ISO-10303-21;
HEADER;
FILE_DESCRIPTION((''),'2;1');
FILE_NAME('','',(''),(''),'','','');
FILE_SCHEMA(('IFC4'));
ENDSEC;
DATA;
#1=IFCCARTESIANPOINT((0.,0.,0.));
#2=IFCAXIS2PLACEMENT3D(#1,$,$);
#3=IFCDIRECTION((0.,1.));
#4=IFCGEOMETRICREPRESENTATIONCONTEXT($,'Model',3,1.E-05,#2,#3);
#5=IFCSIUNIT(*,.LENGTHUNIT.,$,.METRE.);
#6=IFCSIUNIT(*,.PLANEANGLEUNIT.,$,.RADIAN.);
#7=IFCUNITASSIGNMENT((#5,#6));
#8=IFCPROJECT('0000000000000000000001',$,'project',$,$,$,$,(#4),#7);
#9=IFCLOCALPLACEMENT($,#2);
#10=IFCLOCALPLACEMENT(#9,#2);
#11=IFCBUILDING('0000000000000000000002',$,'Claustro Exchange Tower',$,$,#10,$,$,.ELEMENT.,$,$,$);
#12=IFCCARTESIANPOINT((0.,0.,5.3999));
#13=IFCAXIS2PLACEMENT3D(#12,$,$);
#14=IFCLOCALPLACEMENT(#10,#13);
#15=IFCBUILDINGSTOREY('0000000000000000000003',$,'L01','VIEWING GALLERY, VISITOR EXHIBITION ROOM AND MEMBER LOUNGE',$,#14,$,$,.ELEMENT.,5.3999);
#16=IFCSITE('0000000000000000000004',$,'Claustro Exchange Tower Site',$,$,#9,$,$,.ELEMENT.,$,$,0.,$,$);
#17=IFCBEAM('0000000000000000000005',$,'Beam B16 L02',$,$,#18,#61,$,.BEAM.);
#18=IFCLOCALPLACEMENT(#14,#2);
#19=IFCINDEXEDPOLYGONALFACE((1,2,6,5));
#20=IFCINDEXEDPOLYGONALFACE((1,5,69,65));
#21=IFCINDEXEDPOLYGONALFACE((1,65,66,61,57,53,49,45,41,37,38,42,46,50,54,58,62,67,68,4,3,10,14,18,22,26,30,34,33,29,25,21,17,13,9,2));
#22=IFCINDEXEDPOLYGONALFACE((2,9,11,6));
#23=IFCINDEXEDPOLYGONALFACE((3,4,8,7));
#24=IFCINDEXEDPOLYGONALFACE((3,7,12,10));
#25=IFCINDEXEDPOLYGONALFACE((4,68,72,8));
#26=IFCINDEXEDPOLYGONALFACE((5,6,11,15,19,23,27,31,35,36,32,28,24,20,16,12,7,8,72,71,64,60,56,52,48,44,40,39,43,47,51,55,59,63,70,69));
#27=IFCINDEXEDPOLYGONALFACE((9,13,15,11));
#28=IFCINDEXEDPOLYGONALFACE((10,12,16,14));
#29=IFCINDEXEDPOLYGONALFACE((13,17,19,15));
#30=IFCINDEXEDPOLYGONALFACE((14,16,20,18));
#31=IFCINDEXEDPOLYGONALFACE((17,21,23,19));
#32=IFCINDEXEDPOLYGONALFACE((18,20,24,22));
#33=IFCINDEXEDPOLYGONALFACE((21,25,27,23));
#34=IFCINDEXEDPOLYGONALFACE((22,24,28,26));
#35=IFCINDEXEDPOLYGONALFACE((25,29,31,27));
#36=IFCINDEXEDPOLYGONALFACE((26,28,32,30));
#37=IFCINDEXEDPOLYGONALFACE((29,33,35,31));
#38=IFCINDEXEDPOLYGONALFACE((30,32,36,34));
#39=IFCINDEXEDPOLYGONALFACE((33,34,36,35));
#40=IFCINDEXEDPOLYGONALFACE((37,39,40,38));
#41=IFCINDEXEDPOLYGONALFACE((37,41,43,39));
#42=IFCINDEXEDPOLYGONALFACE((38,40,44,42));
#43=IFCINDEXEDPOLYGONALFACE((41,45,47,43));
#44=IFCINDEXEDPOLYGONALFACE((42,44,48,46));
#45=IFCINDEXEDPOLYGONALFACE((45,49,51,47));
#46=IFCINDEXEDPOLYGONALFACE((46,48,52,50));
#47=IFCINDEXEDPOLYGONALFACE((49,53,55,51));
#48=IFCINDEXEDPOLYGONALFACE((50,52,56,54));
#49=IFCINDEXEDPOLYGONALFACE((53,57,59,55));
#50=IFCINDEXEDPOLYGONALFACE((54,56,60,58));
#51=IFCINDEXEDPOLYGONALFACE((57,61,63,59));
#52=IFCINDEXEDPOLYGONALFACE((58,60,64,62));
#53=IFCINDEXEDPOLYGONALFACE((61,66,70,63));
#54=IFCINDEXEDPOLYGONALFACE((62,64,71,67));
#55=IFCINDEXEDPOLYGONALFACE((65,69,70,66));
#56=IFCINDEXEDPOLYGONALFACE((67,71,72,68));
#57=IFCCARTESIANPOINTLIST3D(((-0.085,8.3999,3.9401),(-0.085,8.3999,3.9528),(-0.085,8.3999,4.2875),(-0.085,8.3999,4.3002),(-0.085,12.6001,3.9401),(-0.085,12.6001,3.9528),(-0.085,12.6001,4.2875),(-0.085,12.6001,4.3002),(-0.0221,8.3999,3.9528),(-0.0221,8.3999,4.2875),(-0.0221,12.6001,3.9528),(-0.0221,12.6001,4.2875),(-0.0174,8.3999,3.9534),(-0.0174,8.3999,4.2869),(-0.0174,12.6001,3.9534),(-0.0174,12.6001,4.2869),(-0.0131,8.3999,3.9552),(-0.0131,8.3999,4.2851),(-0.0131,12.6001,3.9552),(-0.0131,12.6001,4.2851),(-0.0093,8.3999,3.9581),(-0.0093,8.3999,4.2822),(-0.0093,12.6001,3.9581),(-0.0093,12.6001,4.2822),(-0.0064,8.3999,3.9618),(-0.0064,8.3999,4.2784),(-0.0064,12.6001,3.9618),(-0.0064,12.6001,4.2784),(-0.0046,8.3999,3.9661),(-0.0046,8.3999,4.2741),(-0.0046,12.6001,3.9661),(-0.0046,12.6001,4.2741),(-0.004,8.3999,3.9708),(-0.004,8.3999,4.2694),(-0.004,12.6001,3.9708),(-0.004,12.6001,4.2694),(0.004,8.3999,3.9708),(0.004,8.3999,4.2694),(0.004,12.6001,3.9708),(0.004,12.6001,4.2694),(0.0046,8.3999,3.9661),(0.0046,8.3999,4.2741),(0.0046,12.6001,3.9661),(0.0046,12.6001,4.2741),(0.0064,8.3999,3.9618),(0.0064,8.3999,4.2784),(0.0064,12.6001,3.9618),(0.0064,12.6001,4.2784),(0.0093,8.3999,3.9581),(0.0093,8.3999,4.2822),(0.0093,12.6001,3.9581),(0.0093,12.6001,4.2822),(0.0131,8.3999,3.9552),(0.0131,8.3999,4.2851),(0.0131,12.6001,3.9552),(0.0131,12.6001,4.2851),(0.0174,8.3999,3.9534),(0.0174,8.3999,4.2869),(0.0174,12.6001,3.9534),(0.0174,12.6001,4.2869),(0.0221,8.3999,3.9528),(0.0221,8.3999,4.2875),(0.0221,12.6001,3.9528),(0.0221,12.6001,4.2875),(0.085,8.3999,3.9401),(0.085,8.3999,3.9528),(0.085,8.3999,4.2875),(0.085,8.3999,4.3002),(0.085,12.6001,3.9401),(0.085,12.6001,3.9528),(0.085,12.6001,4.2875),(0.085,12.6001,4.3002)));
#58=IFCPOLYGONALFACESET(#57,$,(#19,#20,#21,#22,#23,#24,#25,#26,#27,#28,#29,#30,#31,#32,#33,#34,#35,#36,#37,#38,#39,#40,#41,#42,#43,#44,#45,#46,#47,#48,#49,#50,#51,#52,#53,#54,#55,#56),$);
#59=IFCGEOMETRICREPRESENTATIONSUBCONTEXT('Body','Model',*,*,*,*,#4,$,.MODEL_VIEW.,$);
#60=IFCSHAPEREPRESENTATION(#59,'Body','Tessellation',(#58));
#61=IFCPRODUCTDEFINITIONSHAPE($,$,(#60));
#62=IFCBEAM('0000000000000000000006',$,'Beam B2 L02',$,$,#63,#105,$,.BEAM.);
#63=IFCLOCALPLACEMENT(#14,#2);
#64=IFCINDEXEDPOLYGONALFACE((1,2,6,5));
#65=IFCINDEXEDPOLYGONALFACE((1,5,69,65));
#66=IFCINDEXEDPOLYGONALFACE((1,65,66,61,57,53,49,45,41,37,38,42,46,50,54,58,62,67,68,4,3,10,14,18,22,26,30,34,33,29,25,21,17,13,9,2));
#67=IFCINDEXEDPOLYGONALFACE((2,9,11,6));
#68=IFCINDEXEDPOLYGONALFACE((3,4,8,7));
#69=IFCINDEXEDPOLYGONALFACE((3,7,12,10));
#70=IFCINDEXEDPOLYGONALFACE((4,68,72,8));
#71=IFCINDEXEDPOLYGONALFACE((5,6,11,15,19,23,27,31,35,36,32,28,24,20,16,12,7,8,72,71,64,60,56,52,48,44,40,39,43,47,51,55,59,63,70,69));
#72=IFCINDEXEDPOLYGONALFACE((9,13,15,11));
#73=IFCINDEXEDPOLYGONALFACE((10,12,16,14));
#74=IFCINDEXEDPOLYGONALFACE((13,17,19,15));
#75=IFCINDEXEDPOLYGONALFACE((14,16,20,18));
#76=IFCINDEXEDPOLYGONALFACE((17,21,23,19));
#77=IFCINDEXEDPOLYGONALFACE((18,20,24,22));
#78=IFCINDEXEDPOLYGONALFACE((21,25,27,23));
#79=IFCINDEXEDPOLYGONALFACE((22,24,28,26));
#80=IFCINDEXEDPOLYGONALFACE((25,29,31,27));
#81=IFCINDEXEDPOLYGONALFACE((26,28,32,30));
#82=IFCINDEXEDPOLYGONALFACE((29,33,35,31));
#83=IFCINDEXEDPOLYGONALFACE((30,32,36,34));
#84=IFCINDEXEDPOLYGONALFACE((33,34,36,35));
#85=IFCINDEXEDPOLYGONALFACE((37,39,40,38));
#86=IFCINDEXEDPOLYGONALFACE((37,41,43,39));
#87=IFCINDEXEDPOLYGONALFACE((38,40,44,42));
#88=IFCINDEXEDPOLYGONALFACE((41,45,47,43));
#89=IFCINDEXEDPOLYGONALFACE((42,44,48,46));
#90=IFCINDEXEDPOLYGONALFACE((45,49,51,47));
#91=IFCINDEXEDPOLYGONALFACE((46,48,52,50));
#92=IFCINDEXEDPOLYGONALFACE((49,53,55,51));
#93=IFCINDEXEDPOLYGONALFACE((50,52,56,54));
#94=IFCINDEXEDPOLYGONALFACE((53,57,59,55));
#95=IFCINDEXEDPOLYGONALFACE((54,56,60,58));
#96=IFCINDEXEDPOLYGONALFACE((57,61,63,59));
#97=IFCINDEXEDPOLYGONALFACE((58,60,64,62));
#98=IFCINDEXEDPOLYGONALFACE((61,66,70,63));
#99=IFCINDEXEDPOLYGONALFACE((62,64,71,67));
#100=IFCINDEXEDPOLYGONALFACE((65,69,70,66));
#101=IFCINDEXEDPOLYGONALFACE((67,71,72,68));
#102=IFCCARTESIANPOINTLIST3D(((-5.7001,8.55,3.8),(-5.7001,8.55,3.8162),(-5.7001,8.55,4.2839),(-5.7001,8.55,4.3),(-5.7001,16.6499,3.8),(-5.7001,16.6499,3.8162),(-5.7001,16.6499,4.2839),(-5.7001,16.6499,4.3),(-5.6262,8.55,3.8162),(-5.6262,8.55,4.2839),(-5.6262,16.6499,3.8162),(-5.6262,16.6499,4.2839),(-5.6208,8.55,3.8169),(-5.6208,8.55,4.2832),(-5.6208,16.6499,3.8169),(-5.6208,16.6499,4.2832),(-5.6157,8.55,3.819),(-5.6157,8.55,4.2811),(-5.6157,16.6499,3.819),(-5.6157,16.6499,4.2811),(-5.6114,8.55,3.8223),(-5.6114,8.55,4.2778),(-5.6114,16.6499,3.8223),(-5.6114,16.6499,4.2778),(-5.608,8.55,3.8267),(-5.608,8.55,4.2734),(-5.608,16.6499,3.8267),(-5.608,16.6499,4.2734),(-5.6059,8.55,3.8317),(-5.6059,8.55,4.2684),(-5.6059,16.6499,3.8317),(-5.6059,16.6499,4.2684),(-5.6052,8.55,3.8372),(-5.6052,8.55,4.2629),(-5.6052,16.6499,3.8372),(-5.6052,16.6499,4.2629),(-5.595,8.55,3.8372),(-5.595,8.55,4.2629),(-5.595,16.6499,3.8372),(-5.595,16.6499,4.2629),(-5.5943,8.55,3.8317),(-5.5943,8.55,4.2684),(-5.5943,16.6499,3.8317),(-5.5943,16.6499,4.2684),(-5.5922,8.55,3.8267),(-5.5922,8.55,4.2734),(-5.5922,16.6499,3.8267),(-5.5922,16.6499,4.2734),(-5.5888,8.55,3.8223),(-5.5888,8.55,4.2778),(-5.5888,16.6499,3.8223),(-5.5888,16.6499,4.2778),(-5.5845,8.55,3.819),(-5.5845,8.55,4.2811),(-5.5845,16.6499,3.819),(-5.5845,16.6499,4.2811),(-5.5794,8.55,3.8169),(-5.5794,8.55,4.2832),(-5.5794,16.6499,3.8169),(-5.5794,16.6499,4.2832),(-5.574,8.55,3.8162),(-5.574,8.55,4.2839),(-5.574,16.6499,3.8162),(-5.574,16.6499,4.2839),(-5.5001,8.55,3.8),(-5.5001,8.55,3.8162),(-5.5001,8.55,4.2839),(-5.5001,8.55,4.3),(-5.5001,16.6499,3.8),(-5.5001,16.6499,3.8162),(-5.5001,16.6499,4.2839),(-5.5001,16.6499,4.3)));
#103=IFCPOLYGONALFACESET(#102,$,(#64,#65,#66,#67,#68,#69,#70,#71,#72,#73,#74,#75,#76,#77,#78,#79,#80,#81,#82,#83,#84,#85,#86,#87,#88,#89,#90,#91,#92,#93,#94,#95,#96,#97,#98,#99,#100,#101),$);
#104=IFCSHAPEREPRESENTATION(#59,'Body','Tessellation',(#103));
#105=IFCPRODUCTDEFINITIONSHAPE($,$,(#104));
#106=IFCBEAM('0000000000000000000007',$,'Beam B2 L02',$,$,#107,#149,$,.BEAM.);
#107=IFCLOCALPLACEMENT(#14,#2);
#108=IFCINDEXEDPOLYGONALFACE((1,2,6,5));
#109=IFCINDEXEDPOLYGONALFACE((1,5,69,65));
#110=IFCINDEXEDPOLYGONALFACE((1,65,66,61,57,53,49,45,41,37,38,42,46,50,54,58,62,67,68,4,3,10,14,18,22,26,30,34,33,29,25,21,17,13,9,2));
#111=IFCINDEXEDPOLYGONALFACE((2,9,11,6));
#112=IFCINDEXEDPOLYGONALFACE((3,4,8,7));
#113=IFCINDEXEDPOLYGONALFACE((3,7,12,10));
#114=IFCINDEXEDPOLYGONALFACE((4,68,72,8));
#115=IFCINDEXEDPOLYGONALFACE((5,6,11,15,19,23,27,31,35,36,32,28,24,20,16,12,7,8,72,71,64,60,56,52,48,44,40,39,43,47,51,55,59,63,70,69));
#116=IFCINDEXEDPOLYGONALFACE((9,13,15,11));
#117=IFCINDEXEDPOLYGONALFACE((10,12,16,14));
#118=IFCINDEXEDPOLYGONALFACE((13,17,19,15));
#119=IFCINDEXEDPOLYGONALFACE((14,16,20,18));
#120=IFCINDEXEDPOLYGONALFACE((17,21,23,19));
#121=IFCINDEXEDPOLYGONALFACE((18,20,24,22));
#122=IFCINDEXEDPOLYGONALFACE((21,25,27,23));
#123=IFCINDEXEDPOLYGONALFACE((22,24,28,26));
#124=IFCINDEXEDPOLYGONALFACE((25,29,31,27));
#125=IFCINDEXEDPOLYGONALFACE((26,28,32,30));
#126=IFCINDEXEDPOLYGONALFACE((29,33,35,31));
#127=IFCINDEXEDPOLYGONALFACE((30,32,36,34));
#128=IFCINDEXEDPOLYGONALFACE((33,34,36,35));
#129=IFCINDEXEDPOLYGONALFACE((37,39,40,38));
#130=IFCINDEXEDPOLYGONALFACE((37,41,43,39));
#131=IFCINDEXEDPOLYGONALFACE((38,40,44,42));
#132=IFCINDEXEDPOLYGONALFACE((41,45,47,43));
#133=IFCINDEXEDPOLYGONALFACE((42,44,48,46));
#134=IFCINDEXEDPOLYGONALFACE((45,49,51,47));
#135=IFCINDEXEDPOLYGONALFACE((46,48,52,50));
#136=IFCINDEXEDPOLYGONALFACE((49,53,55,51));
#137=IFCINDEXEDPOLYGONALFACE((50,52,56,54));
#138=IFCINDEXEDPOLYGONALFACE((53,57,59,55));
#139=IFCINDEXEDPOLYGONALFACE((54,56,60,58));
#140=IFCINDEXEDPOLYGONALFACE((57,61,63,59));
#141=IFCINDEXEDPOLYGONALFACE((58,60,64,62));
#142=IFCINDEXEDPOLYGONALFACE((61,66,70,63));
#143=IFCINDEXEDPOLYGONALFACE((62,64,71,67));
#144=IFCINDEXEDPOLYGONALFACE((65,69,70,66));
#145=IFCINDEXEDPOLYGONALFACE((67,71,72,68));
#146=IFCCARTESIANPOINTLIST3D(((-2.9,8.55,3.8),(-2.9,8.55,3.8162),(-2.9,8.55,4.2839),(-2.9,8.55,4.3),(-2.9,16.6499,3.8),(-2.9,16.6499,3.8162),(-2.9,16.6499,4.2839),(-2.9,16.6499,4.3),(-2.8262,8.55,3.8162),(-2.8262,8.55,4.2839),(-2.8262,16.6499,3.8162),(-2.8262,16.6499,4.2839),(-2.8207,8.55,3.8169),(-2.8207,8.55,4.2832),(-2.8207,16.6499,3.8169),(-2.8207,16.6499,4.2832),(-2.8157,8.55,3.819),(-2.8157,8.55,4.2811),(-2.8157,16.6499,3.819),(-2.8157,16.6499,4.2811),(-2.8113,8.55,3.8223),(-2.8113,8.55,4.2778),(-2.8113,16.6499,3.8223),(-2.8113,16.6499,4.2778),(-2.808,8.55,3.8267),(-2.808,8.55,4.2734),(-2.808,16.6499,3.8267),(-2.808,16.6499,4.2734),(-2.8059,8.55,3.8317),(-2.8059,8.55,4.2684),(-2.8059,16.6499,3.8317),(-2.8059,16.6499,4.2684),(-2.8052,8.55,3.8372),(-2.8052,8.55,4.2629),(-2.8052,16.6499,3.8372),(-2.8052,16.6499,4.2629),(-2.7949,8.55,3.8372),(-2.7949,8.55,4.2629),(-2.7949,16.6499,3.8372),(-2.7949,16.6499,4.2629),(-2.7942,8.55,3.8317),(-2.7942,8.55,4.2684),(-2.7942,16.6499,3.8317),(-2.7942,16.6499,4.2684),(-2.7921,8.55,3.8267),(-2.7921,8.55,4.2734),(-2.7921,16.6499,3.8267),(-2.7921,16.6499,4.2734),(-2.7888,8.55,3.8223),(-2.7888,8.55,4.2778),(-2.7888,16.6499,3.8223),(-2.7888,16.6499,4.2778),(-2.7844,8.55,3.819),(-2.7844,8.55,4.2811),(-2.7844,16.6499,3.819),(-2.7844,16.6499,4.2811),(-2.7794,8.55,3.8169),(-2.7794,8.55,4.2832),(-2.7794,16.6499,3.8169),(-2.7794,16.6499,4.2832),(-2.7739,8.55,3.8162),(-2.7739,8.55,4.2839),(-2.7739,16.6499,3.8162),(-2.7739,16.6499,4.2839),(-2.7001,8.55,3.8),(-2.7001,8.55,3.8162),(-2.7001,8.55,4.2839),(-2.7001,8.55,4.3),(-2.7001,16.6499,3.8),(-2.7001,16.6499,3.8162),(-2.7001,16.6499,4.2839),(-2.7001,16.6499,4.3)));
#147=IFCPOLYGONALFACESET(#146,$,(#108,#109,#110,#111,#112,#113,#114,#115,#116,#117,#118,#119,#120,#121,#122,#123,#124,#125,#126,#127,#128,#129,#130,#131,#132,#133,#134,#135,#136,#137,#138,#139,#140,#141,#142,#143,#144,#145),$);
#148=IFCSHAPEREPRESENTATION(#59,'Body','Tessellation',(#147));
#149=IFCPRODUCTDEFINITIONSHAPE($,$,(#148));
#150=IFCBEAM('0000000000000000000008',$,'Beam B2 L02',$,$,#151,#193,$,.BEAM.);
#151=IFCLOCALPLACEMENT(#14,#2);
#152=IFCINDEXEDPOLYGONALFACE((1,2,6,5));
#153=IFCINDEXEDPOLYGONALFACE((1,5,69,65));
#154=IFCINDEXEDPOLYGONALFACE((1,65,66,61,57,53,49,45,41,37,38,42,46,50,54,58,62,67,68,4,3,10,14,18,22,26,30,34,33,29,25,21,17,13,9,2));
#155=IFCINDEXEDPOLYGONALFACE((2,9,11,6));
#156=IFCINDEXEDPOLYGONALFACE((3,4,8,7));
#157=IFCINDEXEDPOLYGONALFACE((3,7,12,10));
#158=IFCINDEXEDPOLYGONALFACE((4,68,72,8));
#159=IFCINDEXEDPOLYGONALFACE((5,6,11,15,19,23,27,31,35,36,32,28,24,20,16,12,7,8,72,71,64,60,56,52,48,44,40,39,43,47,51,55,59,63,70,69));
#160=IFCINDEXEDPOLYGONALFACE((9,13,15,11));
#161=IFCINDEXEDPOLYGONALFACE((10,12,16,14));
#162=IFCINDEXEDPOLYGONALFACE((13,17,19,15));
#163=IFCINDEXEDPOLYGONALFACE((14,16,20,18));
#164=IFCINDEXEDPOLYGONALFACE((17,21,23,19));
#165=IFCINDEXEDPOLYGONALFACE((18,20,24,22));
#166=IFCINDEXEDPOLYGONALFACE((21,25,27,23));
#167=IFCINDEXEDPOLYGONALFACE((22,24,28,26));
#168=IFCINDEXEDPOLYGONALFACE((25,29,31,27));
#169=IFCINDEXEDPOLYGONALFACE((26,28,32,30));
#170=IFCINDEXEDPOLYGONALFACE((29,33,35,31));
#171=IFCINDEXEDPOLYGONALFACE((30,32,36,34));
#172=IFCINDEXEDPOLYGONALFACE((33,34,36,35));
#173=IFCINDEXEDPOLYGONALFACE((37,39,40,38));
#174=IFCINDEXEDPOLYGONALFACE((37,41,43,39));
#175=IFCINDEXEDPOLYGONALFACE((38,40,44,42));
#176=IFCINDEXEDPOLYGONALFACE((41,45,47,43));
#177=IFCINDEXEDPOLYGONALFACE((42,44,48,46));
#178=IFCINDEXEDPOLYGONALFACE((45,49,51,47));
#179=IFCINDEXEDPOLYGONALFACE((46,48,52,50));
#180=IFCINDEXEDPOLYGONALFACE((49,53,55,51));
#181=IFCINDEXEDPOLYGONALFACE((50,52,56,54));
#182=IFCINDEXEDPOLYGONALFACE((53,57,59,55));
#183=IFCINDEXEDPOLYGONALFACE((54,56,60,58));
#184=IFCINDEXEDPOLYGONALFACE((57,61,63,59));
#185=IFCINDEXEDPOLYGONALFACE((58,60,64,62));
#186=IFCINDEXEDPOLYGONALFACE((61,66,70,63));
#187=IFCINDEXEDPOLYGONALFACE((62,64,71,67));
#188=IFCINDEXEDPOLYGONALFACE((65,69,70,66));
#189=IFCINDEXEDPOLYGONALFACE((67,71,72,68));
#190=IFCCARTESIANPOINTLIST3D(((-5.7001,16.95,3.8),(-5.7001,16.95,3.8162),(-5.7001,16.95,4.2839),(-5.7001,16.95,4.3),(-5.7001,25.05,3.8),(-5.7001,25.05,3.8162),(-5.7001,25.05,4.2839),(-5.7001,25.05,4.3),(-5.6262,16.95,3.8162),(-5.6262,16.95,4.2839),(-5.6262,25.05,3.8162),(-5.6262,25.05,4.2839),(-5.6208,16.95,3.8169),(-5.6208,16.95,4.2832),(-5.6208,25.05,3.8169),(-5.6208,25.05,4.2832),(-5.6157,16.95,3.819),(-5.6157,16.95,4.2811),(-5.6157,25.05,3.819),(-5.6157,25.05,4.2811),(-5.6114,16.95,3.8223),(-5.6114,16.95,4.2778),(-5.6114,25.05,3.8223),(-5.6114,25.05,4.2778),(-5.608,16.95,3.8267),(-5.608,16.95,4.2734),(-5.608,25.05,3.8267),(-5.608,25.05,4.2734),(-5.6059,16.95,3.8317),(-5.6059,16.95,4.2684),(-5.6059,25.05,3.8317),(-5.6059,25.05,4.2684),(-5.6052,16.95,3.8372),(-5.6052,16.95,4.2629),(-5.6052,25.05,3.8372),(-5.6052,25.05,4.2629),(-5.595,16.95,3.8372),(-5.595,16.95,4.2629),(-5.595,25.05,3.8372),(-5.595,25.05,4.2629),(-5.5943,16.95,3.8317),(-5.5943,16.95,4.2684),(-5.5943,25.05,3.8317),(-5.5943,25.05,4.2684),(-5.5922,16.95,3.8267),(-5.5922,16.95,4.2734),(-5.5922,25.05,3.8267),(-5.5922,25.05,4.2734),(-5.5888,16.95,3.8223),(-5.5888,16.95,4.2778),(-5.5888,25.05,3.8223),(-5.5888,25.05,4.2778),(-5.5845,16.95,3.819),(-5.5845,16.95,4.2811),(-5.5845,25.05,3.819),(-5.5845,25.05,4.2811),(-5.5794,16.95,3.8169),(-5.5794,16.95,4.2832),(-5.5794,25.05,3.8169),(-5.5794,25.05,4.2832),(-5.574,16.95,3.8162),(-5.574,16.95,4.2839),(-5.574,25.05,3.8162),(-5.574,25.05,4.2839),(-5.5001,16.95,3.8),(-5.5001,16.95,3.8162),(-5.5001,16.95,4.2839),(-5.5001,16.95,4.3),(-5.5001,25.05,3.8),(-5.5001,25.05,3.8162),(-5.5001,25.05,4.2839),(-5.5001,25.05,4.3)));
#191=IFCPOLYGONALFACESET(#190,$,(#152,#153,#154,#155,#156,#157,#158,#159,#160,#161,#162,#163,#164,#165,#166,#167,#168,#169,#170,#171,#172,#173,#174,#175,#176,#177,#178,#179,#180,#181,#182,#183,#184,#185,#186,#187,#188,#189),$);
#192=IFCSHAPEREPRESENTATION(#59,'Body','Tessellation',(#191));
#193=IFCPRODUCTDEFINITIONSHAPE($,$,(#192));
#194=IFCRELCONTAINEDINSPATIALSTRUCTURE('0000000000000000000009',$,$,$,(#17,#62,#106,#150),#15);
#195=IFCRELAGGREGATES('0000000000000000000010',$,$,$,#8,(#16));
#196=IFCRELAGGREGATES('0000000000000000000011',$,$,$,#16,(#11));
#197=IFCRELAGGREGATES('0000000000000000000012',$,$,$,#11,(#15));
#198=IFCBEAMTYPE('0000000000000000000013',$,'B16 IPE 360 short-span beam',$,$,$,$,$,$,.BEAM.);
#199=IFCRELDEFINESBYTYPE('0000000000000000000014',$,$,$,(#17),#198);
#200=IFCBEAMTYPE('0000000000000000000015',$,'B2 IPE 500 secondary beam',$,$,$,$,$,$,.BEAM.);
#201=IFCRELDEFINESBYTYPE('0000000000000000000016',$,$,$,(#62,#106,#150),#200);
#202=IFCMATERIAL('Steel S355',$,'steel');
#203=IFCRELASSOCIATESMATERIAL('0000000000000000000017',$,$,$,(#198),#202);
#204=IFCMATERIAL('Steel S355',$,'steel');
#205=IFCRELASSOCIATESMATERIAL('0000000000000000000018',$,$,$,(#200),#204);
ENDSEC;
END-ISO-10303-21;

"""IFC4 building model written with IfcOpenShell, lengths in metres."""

from ifc_helpers import new_model, si_unit, direction, frame, origin, origin_2d, place, context, subcontext, project, spatial, i_section, extrude, material, material_profile, profile_set, type_object, element, save


model = new_model("IFC4")

# Units and contexts
model_context = context("Model", 3, precision=1e-05, world=origin(), true_north=direction((0.0, 1.0)))
body_context = subcontext(model_context, "Body", "Model", "MODEL_VIEW")
ifc_project = project(units=[si_unit("LENGTHUNIT", "METRE"), si_unit("PLANEANGLEUNIT", "RADIAN")], contexts=[model_context])

# Site, building, storey
site_placement = place(None, origin())
site = spatial("IfcSite", under=ifc_project, at=site_placement, Name="Claustro Exchange Tower Site", CompositionType="ELEMENT", RefElevation=0.0)
building_placement = place(site_placement, origin())
building = spatial("IfcBuilding", under=site, at=building_placement, Name="Claustro Exchange Tower", CompositionType="ELEMENT")
storey_placement = place(building_placement, frame((0.0, 0.0, 5.3999)))
storey = spatial("IfcBuildingStorey", under=building, at=storey_placement, Name="L01", Description="VIEWING GALLERY, VISITOR EXHIBITION ROOM AND MEMBER LOUNGE", CompositionType="ELEMENT", Elevation=5.3999)

# Beams
ifc_material_1 = material(Name="Steel S355", Category="steel")
ifc_material_profile_1 = material_profile(ifc_material_1, i_section(OverallWidth=0.1699, OverallDepth=0.3601, WebThickness=0.0081, FlangeThickness=0.0127, FilletRadius=0.0181, at=origin_2d()), Name="IPE 360")
ifc_profile_set_1 = profile_set([ifc_material_profile_1], Name="Steel S355")
beam_type_1 = type_object("IfcBeamType", Name="B16 IPE 360 short-span beam", PredefinedType="BEAM", material=ifc_profile_set_1)
beam_1_placement = place(storey_placement, frame((0.0, 8.3999, 4.1201), z_axis=(0.0, 1.0, 0.0), x_axis=(-1.0, 0.0, 0.0)))
element("IfcBeam", 1, at=beam_1_placement, inside=storey, type_object=beam_type_1, Name="Beam B16 L02", PredefinedType="BEAM", context=body_context, shape_type="SweptSolid", body=[
    extrude(i_section(OverallWidth=0.1699, OverallDepth=0.3601, WebThickness=0.0081, FlangeThickness=0.0127, FilletRadius=0.0181, at=origin_2d()), origin(), (0.0, 0.0, 1.0), 4.2002),
])
ifc_material_2 = material(Name="Steel S355", Category="steel")
ifc_material_profile_2 = material_profile(ifc_material_2, i_section(OverallWidth=0.2, OverallDepth=0.5, WebThickness=0.0103, FlangeThickness=0.0161, FilletRadius=0.021, at=origin_2d()), Name="IPE 500")
ifc_profile_set_2 = profile_set([ifc_material_profile_2], Name="Steel S355")
beam_type_2 = type_object("IfcBeamType", Name="B2 IPE 500 secondary beam", PredefinedType="BEAM", material=ifc_profile_set_2)
for number, where, z_axis, x_axis, name in (
    (2, (-5.6001, 8.55, 4.05), (0.0, 1.0, 0.0), (-1.0, 0.0, 0.0), "Beam B2 L02"),
    (3, (-2.8, 8.55, 4.05), (0.0, 1.0, 0.0), (-1.0, 0.0, 0.0), "Beam B2 L02"),
):
    element("IfcBeam", number, at=place(storey_placement, frame(where, z_axis=z_axis, x_axis=x_axis)), inside=storey, type_object=beam_type_2, Name=name, PredefinedType="BEAM", context=body_context, shape_type="SweptSolid", body=[
        extrude(i_section(OverallWidth=0.2, OverallDepth=0.5, WebThickness=0.0103, FlangeThickness=0.0161, FilletRadius=0.021, at=origin_2d()), origin(), (0.0, 0.0, 1.0), 8.0999),
    ])
for number, where, z_axis, x_axis, name in (
    (4, (-5.6001, 16.95, 4.05), (0.0, 1.0, 0.0), (-1.0, 0.0, 0.0), "Beam B2 L02"),
):
    element("IfcBeam", number, at=place(storey_placement, frame(where, z_axis=z_axis, x_axis=x_axis)), inside=storey, type_object=beam_type_2, Name=name, PredefinedType="BEAM", context=body_context, shape_type="SweptSolid", body=[
        extrude(i_section(OverallWidth=0.2, OverallDepth=0.5, WebThickness=0.0103, FlangeThickness=0.0161, FilletRadius=0.021, at=origin_2d()), origin(), (0.0, 0.0, 1.0), 8.1001),
    ])

save(model, "model.ifc")
